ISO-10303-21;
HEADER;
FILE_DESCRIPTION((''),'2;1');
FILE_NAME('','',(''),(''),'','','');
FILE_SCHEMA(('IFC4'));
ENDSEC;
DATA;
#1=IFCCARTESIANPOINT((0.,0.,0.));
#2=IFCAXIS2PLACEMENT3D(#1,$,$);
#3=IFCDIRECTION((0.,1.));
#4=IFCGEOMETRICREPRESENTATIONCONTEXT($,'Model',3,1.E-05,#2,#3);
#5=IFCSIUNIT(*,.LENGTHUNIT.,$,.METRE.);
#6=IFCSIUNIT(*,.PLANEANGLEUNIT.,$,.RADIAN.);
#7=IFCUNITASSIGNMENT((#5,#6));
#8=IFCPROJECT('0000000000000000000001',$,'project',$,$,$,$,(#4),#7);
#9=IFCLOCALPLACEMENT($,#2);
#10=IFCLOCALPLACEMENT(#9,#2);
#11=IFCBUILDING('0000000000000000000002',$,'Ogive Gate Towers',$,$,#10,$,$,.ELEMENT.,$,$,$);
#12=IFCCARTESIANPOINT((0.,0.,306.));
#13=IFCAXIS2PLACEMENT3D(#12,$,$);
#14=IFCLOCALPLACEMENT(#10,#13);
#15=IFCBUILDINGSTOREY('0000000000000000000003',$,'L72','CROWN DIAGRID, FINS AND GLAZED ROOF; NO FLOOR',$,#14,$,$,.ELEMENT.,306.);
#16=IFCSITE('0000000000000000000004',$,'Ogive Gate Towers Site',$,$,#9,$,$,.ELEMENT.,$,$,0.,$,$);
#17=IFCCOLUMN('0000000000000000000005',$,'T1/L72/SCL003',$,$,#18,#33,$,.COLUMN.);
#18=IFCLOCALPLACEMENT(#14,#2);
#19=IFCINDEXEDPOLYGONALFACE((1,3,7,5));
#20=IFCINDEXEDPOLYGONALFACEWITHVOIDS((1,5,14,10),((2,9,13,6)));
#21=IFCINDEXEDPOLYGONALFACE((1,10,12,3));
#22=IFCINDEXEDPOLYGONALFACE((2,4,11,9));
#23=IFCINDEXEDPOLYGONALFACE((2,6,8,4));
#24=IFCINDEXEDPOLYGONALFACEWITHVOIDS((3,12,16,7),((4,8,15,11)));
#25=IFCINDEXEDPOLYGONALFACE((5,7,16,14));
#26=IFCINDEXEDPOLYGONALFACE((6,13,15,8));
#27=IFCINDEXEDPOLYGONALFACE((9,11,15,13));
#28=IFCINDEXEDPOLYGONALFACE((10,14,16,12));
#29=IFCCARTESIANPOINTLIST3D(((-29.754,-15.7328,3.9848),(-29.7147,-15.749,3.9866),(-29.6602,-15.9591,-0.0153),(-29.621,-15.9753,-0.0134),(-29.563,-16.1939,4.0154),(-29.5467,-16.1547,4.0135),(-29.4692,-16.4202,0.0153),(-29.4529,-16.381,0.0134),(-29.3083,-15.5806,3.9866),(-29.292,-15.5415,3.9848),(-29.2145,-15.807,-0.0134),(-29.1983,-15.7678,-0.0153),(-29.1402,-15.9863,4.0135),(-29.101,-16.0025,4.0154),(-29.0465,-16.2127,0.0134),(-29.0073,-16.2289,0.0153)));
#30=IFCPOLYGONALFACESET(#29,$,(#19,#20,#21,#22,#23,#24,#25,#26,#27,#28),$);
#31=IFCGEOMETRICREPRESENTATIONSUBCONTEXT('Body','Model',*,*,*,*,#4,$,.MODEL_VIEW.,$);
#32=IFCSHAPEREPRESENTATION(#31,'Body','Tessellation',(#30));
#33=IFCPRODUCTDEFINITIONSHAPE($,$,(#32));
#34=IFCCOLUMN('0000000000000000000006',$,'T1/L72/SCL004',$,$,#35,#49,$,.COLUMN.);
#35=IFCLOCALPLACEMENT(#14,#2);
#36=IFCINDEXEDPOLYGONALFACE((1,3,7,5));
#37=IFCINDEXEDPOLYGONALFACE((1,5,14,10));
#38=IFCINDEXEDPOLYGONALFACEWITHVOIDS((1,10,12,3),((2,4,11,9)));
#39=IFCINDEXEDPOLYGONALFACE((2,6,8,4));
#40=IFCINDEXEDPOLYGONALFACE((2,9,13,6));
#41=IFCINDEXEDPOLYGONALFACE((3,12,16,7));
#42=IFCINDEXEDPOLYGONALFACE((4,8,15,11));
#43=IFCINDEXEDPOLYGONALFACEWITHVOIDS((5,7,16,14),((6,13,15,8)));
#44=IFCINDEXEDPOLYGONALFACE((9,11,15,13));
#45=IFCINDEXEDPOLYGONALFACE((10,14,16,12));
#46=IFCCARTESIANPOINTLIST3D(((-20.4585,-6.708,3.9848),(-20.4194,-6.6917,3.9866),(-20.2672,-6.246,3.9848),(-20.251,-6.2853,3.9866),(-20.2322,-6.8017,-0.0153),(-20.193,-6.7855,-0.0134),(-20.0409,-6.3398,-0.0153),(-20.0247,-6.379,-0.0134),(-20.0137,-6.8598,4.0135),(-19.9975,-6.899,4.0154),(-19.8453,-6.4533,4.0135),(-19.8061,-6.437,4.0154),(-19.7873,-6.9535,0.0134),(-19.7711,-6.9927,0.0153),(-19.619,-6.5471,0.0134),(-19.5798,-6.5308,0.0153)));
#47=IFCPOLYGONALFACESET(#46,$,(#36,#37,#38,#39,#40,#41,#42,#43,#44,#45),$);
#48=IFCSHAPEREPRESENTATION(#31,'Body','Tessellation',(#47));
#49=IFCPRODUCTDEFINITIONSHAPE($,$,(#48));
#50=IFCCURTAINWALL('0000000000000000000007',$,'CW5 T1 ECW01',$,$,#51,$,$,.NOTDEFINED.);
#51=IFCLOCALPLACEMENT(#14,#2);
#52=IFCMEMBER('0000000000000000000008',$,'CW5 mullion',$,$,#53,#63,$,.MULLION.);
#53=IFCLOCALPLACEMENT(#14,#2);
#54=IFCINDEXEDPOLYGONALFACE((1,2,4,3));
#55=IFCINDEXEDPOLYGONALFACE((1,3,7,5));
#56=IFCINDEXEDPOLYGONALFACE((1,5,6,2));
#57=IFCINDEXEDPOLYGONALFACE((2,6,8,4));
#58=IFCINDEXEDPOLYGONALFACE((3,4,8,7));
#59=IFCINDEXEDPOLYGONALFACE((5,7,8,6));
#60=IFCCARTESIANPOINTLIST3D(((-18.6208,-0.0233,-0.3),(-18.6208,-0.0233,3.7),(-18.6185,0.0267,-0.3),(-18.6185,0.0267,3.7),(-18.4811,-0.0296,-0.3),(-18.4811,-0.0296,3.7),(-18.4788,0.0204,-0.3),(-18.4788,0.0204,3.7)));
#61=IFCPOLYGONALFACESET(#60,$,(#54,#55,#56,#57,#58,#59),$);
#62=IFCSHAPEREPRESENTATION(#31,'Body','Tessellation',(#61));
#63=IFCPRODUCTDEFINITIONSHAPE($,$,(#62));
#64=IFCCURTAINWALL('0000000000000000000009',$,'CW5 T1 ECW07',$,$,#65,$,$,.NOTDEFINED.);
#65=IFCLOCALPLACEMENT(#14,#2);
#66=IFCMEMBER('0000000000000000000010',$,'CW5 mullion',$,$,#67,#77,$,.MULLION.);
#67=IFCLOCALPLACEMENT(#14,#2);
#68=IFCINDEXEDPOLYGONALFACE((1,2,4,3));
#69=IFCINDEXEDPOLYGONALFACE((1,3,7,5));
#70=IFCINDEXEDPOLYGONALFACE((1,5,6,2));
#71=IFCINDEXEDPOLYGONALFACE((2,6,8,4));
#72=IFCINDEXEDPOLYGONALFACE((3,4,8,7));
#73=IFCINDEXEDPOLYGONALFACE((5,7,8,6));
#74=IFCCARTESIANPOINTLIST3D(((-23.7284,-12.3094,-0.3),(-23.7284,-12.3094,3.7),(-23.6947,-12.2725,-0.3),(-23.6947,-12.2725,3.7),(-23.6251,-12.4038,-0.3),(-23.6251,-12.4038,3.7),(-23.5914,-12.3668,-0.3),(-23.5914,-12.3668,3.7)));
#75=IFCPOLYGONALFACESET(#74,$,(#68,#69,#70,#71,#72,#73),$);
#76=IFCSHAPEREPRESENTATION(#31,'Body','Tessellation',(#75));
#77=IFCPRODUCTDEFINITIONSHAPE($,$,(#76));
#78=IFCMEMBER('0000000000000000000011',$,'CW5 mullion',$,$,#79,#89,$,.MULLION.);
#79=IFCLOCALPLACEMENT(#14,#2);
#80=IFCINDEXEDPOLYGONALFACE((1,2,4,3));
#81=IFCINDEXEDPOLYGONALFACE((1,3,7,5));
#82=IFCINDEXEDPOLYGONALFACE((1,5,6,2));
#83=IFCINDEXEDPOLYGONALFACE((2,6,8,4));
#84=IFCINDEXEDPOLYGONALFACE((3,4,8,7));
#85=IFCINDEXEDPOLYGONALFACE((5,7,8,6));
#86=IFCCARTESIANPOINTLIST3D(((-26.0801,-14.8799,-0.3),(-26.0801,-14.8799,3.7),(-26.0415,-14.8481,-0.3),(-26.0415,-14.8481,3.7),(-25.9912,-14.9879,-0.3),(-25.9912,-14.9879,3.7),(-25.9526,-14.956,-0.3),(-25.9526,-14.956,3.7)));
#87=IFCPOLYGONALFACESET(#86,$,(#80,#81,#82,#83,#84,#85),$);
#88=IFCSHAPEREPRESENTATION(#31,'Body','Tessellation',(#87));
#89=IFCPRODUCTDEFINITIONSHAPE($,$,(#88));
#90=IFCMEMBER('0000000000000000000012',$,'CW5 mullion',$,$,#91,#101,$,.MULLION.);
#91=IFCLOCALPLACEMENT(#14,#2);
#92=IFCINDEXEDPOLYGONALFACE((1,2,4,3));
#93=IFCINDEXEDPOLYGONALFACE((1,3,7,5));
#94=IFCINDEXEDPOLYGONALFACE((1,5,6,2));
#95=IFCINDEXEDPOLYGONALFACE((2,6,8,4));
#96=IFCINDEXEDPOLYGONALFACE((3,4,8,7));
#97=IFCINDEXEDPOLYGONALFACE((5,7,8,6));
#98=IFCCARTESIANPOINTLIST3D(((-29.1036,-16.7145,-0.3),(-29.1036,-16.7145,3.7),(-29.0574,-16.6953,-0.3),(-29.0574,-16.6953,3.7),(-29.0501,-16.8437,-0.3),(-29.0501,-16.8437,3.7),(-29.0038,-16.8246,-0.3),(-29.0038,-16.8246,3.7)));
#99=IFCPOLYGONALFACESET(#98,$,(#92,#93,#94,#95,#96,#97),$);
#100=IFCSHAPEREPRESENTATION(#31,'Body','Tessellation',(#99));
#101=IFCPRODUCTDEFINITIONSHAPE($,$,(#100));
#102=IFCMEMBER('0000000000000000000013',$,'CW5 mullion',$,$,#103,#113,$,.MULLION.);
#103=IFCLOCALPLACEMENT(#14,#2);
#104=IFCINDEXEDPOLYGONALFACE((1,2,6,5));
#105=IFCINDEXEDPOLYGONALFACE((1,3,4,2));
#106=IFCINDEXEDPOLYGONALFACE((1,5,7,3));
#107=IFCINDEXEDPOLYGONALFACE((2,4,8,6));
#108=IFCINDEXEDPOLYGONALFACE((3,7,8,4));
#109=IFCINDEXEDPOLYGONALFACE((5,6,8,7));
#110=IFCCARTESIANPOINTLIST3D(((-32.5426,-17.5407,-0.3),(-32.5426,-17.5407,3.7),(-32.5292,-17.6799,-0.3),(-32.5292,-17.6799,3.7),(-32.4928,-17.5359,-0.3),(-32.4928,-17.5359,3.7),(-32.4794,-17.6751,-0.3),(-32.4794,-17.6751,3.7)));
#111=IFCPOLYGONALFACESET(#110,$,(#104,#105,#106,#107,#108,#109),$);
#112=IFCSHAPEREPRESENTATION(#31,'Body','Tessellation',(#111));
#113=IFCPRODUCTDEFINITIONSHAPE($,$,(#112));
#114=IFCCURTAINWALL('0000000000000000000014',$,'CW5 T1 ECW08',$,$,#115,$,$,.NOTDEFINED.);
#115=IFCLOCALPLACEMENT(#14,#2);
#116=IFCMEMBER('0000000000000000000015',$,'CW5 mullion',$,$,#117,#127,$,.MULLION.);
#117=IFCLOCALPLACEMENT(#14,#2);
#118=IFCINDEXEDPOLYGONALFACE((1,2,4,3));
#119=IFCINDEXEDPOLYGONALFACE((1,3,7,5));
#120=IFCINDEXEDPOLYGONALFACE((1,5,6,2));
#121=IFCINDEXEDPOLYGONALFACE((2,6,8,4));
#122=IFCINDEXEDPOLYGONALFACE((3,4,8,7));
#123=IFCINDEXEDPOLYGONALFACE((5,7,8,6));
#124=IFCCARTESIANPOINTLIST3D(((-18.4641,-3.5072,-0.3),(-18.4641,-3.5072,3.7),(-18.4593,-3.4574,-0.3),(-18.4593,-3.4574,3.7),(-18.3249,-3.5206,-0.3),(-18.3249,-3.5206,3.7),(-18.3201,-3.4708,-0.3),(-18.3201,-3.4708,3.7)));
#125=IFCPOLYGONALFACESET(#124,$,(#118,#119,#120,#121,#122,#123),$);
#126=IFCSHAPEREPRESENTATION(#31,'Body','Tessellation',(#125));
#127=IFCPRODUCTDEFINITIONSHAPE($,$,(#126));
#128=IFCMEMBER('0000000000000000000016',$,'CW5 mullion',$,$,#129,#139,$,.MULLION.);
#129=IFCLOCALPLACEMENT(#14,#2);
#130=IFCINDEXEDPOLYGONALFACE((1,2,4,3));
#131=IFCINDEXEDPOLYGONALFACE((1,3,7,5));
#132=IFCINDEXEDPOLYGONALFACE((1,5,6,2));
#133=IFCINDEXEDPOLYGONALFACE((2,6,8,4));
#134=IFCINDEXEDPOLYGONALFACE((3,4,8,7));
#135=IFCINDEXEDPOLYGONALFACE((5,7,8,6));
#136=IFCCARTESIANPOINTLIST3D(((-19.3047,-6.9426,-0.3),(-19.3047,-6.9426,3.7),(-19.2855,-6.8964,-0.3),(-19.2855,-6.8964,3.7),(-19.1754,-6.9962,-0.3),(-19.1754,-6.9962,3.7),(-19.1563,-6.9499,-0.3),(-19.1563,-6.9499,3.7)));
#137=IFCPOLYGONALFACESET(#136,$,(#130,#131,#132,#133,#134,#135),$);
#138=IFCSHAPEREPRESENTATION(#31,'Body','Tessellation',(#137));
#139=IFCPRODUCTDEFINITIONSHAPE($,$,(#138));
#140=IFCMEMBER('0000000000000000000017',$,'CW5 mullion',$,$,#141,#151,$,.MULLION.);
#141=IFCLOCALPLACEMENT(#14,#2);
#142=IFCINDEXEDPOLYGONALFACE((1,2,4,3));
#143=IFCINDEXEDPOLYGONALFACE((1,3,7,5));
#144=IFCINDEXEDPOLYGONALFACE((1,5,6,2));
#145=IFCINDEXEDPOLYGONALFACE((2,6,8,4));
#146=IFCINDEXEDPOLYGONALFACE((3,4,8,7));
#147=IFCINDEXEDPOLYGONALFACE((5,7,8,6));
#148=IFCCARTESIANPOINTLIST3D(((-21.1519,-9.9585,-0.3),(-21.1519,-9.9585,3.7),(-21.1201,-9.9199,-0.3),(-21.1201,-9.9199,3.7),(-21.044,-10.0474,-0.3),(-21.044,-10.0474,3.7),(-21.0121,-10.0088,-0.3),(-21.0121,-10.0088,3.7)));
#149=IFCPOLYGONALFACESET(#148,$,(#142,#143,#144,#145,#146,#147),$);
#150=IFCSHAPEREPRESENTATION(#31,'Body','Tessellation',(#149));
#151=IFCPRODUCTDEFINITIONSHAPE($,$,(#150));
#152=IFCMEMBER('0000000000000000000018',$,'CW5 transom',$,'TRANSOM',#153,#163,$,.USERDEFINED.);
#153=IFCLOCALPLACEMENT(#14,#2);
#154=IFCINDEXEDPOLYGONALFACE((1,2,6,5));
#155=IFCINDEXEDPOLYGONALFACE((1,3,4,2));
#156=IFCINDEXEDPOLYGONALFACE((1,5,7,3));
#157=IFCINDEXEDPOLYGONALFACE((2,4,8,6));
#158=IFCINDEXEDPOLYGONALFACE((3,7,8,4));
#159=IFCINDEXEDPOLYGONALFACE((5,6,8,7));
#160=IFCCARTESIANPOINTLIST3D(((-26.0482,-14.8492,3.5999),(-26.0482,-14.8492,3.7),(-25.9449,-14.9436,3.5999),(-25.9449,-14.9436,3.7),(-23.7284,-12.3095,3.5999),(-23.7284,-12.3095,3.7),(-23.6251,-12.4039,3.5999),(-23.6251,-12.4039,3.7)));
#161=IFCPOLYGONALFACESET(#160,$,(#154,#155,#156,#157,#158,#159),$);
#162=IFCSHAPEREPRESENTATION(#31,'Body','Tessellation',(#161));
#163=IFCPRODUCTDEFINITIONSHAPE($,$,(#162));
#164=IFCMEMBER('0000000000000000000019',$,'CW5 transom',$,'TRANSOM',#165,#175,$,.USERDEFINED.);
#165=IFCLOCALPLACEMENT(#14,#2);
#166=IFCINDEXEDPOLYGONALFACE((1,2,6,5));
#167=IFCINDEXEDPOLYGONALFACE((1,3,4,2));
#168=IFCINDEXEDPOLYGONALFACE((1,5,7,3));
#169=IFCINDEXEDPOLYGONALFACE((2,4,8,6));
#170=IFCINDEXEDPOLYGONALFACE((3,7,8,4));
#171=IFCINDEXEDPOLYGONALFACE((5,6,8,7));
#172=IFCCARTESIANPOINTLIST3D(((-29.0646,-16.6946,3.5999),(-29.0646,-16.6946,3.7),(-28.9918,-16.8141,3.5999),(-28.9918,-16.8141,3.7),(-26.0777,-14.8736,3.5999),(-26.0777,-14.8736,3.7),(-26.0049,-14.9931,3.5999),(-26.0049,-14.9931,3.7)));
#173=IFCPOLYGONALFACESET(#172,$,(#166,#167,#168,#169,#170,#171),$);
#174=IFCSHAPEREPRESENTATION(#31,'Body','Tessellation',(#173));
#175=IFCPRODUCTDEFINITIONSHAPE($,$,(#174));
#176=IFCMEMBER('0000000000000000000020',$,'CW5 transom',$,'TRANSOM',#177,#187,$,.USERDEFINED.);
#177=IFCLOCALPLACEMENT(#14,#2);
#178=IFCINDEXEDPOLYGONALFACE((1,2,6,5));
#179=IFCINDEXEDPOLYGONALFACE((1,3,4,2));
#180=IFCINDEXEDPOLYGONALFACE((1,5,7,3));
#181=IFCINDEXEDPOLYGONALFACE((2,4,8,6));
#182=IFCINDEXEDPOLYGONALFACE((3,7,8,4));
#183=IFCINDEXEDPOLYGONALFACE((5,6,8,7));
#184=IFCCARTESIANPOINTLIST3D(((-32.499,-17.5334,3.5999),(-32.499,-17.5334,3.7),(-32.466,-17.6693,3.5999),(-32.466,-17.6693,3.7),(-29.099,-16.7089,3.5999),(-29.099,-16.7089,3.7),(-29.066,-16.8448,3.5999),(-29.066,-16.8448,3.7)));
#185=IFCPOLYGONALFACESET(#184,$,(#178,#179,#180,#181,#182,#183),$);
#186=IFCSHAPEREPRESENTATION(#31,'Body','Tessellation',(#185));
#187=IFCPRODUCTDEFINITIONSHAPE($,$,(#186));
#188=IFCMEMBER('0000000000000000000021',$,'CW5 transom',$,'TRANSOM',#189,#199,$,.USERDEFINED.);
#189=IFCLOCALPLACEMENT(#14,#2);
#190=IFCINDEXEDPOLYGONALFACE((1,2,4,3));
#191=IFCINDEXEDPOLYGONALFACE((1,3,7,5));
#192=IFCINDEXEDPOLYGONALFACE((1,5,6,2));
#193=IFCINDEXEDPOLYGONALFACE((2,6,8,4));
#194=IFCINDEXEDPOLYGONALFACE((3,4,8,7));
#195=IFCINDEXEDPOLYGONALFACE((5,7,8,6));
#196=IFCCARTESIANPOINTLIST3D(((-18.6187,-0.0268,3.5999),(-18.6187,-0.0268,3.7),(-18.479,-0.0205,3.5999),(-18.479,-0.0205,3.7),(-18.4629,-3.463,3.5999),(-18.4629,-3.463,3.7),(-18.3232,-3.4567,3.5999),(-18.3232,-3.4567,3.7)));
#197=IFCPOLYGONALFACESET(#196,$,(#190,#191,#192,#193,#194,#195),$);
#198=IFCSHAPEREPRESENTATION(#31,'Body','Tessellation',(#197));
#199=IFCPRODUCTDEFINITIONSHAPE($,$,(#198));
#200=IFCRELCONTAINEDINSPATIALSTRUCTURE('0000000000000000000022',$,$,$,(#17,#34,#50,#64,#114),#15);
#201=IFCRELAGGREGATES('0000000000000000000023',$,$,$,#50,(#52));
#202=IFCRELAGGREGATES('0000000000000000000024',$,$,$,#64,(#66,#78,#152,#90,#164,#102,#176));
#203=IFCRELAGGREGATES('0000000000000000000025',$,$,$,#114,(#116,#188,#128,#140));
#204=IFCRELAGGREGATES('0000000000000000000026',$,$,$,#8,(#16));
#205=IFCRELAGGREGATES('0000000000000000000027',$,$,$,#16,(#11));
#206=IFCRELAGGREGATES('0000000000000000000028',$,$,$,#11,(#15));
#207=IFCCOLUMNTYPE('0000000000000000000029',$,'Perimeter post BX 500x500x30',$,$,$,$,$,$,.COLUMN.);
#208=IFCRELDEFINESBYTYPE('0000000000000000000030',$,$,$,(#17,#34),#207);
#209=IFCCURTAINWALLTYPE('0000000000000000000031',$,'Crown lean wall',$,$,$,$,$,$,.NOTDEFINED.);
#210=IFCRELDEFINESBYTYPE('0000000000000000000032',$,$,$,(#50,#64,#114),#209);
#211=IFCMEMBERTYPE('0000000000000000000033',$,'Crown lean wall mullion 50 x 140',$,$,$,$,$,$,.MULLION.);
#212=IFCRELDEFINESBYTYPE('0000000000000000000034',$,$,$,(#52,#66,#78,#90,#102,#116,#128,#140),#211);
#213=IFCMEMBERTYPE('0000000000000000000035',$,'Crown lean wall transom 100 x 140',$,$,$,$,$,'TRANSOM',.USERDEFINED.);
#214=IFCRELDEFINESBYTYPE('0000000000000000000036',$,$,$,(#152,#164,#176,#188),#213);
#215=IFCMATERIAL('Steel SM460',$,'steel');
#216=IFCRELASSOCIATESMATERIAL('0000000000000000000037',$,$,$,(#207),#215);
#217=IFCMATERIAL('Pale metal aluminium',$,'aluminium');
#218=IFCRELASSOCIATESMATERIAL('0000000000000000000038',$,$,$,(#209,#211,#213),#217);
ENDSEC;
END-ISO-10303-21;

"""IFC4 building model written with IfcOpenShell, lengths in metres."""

from ifc_helpers import new_model, si_unit, direction, frame, origin, origin_2d, place, context, subcontext, project, spatial, rectangle, hollow_rectangle, extrude, material, material_profile, profile_set, type_object, element, aggregate, save


model = new_model("IFC4")

# Units and contexts
model_context = context("Model", 3, precision=1e-05, world=origin(), true_north=direction((0.0, 1.0)))
body_context = subcontext(model_context, "Body", "Model", "MODEL_VIEW")
ifc_project = project(units=[si_unit("LENGTHUNIT", "METRE"), si_unit("PLANEANGLEUNIT", "RADIAN")], contexts=[model_context])

# Site, building, storey
site_placement = place(None, origin())
site = spatial("IfcSite", under=ifc_project, at=site_placement, Name="Ogive Gate Towers Site", CompositionType="ELEMENT", RefElevation=0.0)
building_placement = place(site_placement, origin())
building = spatial("IfcBuilding", under=site, at=building_placement, Name="Ogive Gate Towers", CompositionType="ELEMENT")
storey_placement = place(building_placement, frame((0.0, 0.0, 306.0)))
storey = spatial("IfcBuildingStorey", under=building, at=storey_placement, Name="L72", Description="CROWN DIAGRID, FINS AND GLAZED ROOF; NO FLOOR", CompositionType="ELEMENT", Elevation=306.0)

# Columns
ifc_material_1 = material(Name="Steel SM460", Category="steel")
ifc_material_profile_1 = material_profile(ifc_material_1, hollow_rectangle(XDim=0.5, YDim=0.5, WallThickness=0.03, at=origin_2d()), Name="BX 500x500x30")
ifc_profile_set_1 = profile_set([ifc_material_profile_1], Name="Steel SM460")
column_type = type_object("IfcColumnType", Name="Perimeter post BX 500x500x30", PredefinedType="COLUMN", material=ifc_profile_set_1)
for number, where, z_axis, x_axis, name in (
    (1, (-29.3337, -16.094, 0.0), (-0.023394, 0.056474, 0.99813), (-0.923871, -0.382704, 0.0), "T1/L72/SCL003"),
    (2, (-19.906, -6.6663, 0.0), (-0.056474, 0.023394, 0.99813), (-0.382704, -0.923871, 0.0), "T1/L72/SCL004"),
):
    element("IfcColumn", number, at=place(storey_placement, frame(where, z_axis=z_axis, x_axis=x_axis)), inside=storey, type_object=column_type, Name=name, PredefinedType="COLUMN", context=body_context, shape_type="SweptSolid", body=[
        extrude(hollow_rectangle(XDim=0.5, YDim=0.5, WallThickness=0.03, at=origin_2d()), origin(), (0.0, 0.0, 1.0), 4.0076),
    ])

# Curtain wall, member
ifc_material_2 = material(Name="Pale metal aluminium", Category="aluminium")
curtain_wall_type = type_object("IfcCurtainWallType", Name="Crown lean wall", PredefinedType="NOTDEFINED", material=ifc_material_2)
curtain_wall_1_placement = place(storey_placement, origin())
curtain_wall_1 = element("IfcCurtainWall", 3, at=curtain_wall_1_placement, inside=storey, type_object=curtain_wall_type, Name="CW5 T1 ECW01", PredefinedType="NOTDEFINED")
ifc_material_profile_2 = material_profile(ifc_material_2, rectangle(XDim=0.1399, YDim=0.05, at=origin_2d()), Name="50 x 140 aluminium box")
ifc_profile_set_2 = profile_set([ifc_material_profile_2], Name="Pale metal aluminium")
member_type_1 = type_object("IfcMemberType", Name="Crown lean wall mullion 50 x 140", PredefinedType="MULLION", material=ifc_profile_set_2)
member_1_placement = place(storey_placement, frame((-18.5498, -0.0015, -0.3), z_axis=(0.0, 0.0, 1.0), x_axis=(-0.998975, 0.045276, 0.0)))
member_1 = element("IfcMember", 4, at=member_1_placement, type_object=member_type_1, Name="CW5 mullion", PredefinedType="MULLION", context=body_context, shape_type="SweptSolid", body=[
    extrude(rectangle(XDim=0.1399, YDim=0.05, at=origin_2d()), origin(), (0.0, 0.0, 1.0), 4.0),
])
aggregate(curtain_wall_1, [member_1])

# Curtain walls, members
curtain_wall_2_placement = place(storey_placement, origin())
curtain_wall_2 = element("IfcCurtainWall", 5, at=curtain_wall_2_placement, inside=storey, type_object=curtain_wall_type, Name="CW5 T1 ECW07", PredefinedType="NOTDEFINED")
member_2_placement = place(storey_placement, frame((-23.6599, -12.3381, -0.3), z_axis=(0.0, 0.0, 1.0), x_axis=(-0.738408, 0.674354, 0.0)))
member_2 = element("IfcMember", 6, at=member_2_placement, type_object=member_type_1, Name="CW5 mullion", PredefinedType="MULLION", context=body_context, shape_type="SweptSolid", body=[
    extrude(rectangle(XDim=0.1399, YDim=0.05, at=origin_2d()), origin(), (0.0, 0.0, 1.0), 4.0),
])
member_3_placement = place(storey_placement, frame((-26.0164, -14.918, -0.3), z_axis=(0.0, 0.0, 1.0), x_axis=(-0.635822, 0.771835, 0.0)))
member_3 = element("IfcMember", 7, at=member_3_placement, type_object=member_type_1, Name="CW5 mullion", PredefinedType="MULLION", context=body_context, shape_type="SweptSolid", body=[
    extrude(rectangle(XDim=0.1399, YDim=0.05, at=origin_2d()), origin(), (0.0, 0.0, 1.0), 4.0),
])
member_4_placement = place(storey_placement, frame((-29.0537, -16.7695, -0.3), z_axis=(0.0, 0.0, 1.0), x_axis=(-0.382667, 0.923886, 0.0)))
member_4 = element("IfcMember", 8, at=member_4_placement, type_object=member_type_1, Name="CW5 mullion", PredefinedType="MULLION", context=body_context, shape_type="SweptSolid", body=[
    extrude(rectangle(XDim=0.1399, YDim=0.05, at=origin_2d()), origin(), (0.0, 0.0, 1.0), 4.0),
])
member_5_placement = place(storey_placement, frame((-32.511, -17.6079, -0.3), z_axis=(0.0, 0.0, 1.0), x_axis=(-0.096158, 0.995366, 0.0)))
member_5 = element("IfcMember", 9, at=member_5_placement, type_object=member_type_1, Name="CW5 mullion", PredefinedType="MULLION", context=body_context, shape_type="SweptSolid", body=[
    extrude(rectangle(XDim=0.1399, YDim=0.05, at=origin_2d()), origin(), (0.0, 0.0, 1.0), 4.0),
])
curtain_wall_3_placement = place(storey_placement, origin())
curtain_wall_3 = element("IfcCurtainWall", 10, at=curtain_wall_3_placement, inside=storey, type_object=curtain_wall_type, Name="CW5 T1 ECW08", PredefinedType="NOTDEFINED")
member_6_placement = place(storey_placement, frame((-18.3921, -3.489, -0.3), z_axis=(0.0, 0.0, 1.0), x_axis=(-0.995366, 0.096158, 0.0)))
member_6 = element("IfcMember", 11, at=member_6_placement, type_object=member_type_1, Name="CW5 mullion", PredefinedType="MULLION", context=body_context, shape_type="SweptSolid", body=[
    extrude(rectangle(XDim=0.1399, YDim=0.05, at=origin_2d()), origin(), (0.0, 0.0, 1.0), 4.0),
])
member_7_placement = place(storey_placement, frame((-19.2305, -6.9463, -0.3), z_axis=(0.0, 0.0, 1.0), x_axis=(-0.923886, 0.382667, 0.0)))
member_7 = element("IfcMember", 12, at=member_7_placement, type_object=member_type_1, Name="CW5 mullion", PredefinedType="MULLION", context=body_context, shape_type="SweptSolid", body=[
    extrude(rectangle(XDim=0.1399, YDim=0.05, at=origin_2d()), origin(), (0.0, 0.0, 1.0), 4.0),
])
member_8_placement = place(storey_placement, frame((-21.082, -9.9836, -0.3), z_axis=(0.0, 0.0, 1.0), x_axis=(-0.771835, 0.635822, 0.0)))
member_8 = element("IfcMember", 13, at=member_8_placement, type_object=member_type_1, Name="CW5 mullion", PredefinedType="MULLION", context=body_context, shape_type="SweptSolid", body=[
    extrude(rectangle(XDim=0.1399, YDim=0.05, at=origin_2d()), origin(), (0.0, 0.0, 1.0), 4.0),
])

# Members
ifc_material_profile_3 = material_profile(ifc_material_2, rectangle(XDim=0.1399, YDim=0.1001, at=origin_2d()), Name="100 x 140 aluminium box")
ifc_profile_set_3 = profile_set([ifc_material_profile_3], Name="Pale metal aluminium")
member_type_2 = type_object("IfcMemberType", Name="Crown lean wall transom 100 x 140", ElementType="TRANSOM", PredefinedType="USERDEFINED", material=ifc_profile_set_3)
member_9_placement = place(storey_placement, frame((-23.6768, -12.3567, 3.6499), z_axis=(-0.674409, -0.738358, 0.0), x_axis=(0.738358, -0.674409, 0.0)))
member_9 = element("IfcMember", 14, at=member_9_placement, type_object=member_type_2, Name="CW5 transom", ObjectType="TRANSOM", PredefinedType="USERDEFINED", context=body_context, shape_type="SweptSolid", body=[
    extrude(rectangle(XDim=0.1399, YDim=0.1001, at=origin_2d()), origin(), (0.0, 0.0, 1.0), 3.4397),
])
member_10_placement = place(storey_placement, frame((-26.0413, -14.9333, 3.6499), z_axis=(-0.853839, -0.520538, 0.0), x_axis=(0.520538, -0.853839, 0.0)))
member_10 = element("IfcMember", 15, at=member_10_placement, type_object=member_type_2, Name="CW5 transom", ObjectType="TRANSOM", PredefinedType="USERDEFINED", context=body_context, shape_type="SweptSolid", body=[
    extrude(rectangle(XDim=0.1399, YDim=0.1001, at=origin_2d()), origin(), (0.0, 0.0, 1.0), 3.4983),
])
member_11_placement = place(storey_placement, frame((-29.0825, -16.7769, 3.6499), z_axis=(-0.971834, -0.235666, 0.0), x_axis=(0.235666, -0.971834, 0.0)))
member_11 = element("IfcMember", 16, at=member_11_placement, type_object=member_type_2, Name="CW5 transom", ObjectType="TRANSOM", PredefinedType="USERDEFINED", context=body_context, shape_type="SweptSolid", body=[
    extrude(rectangle(XDim=0.1399, YDim=0.1001, at=origin_2d()), origin(), (0.0, 0.0, 1.0), 3.4985),
])
member_12_placement = place(storey_placement, frame((-18.5488, -0.0237, 3.6499), z_axis=(0.045282, -0.998974, 0.0), x_axis=(0.998974, 0.045282, 0.0)))
member_12 = element("IfcMember", 17, at=member_12_placement, type_object=member_type_2, Name="CW5 transom", ObjectType="TRANSOM", PredefinedType="USERDEFINED", context=body_context, shape_type="SweptSolid", body=[
    extrude(rectangle(XDim=0.1399, YDim=0.1001, at=origin_2d()), origin(), (0.0, 0.0, 1.0), 3.4397),
])

aggregate(curtain_wall_2, [member_2, member_3, member_9, member_4, member_10, member_5, member_11])
aggregate(curtain_wall_3, [member_6, member_12, member_7, member_8])

save(model, "model.ifc")
